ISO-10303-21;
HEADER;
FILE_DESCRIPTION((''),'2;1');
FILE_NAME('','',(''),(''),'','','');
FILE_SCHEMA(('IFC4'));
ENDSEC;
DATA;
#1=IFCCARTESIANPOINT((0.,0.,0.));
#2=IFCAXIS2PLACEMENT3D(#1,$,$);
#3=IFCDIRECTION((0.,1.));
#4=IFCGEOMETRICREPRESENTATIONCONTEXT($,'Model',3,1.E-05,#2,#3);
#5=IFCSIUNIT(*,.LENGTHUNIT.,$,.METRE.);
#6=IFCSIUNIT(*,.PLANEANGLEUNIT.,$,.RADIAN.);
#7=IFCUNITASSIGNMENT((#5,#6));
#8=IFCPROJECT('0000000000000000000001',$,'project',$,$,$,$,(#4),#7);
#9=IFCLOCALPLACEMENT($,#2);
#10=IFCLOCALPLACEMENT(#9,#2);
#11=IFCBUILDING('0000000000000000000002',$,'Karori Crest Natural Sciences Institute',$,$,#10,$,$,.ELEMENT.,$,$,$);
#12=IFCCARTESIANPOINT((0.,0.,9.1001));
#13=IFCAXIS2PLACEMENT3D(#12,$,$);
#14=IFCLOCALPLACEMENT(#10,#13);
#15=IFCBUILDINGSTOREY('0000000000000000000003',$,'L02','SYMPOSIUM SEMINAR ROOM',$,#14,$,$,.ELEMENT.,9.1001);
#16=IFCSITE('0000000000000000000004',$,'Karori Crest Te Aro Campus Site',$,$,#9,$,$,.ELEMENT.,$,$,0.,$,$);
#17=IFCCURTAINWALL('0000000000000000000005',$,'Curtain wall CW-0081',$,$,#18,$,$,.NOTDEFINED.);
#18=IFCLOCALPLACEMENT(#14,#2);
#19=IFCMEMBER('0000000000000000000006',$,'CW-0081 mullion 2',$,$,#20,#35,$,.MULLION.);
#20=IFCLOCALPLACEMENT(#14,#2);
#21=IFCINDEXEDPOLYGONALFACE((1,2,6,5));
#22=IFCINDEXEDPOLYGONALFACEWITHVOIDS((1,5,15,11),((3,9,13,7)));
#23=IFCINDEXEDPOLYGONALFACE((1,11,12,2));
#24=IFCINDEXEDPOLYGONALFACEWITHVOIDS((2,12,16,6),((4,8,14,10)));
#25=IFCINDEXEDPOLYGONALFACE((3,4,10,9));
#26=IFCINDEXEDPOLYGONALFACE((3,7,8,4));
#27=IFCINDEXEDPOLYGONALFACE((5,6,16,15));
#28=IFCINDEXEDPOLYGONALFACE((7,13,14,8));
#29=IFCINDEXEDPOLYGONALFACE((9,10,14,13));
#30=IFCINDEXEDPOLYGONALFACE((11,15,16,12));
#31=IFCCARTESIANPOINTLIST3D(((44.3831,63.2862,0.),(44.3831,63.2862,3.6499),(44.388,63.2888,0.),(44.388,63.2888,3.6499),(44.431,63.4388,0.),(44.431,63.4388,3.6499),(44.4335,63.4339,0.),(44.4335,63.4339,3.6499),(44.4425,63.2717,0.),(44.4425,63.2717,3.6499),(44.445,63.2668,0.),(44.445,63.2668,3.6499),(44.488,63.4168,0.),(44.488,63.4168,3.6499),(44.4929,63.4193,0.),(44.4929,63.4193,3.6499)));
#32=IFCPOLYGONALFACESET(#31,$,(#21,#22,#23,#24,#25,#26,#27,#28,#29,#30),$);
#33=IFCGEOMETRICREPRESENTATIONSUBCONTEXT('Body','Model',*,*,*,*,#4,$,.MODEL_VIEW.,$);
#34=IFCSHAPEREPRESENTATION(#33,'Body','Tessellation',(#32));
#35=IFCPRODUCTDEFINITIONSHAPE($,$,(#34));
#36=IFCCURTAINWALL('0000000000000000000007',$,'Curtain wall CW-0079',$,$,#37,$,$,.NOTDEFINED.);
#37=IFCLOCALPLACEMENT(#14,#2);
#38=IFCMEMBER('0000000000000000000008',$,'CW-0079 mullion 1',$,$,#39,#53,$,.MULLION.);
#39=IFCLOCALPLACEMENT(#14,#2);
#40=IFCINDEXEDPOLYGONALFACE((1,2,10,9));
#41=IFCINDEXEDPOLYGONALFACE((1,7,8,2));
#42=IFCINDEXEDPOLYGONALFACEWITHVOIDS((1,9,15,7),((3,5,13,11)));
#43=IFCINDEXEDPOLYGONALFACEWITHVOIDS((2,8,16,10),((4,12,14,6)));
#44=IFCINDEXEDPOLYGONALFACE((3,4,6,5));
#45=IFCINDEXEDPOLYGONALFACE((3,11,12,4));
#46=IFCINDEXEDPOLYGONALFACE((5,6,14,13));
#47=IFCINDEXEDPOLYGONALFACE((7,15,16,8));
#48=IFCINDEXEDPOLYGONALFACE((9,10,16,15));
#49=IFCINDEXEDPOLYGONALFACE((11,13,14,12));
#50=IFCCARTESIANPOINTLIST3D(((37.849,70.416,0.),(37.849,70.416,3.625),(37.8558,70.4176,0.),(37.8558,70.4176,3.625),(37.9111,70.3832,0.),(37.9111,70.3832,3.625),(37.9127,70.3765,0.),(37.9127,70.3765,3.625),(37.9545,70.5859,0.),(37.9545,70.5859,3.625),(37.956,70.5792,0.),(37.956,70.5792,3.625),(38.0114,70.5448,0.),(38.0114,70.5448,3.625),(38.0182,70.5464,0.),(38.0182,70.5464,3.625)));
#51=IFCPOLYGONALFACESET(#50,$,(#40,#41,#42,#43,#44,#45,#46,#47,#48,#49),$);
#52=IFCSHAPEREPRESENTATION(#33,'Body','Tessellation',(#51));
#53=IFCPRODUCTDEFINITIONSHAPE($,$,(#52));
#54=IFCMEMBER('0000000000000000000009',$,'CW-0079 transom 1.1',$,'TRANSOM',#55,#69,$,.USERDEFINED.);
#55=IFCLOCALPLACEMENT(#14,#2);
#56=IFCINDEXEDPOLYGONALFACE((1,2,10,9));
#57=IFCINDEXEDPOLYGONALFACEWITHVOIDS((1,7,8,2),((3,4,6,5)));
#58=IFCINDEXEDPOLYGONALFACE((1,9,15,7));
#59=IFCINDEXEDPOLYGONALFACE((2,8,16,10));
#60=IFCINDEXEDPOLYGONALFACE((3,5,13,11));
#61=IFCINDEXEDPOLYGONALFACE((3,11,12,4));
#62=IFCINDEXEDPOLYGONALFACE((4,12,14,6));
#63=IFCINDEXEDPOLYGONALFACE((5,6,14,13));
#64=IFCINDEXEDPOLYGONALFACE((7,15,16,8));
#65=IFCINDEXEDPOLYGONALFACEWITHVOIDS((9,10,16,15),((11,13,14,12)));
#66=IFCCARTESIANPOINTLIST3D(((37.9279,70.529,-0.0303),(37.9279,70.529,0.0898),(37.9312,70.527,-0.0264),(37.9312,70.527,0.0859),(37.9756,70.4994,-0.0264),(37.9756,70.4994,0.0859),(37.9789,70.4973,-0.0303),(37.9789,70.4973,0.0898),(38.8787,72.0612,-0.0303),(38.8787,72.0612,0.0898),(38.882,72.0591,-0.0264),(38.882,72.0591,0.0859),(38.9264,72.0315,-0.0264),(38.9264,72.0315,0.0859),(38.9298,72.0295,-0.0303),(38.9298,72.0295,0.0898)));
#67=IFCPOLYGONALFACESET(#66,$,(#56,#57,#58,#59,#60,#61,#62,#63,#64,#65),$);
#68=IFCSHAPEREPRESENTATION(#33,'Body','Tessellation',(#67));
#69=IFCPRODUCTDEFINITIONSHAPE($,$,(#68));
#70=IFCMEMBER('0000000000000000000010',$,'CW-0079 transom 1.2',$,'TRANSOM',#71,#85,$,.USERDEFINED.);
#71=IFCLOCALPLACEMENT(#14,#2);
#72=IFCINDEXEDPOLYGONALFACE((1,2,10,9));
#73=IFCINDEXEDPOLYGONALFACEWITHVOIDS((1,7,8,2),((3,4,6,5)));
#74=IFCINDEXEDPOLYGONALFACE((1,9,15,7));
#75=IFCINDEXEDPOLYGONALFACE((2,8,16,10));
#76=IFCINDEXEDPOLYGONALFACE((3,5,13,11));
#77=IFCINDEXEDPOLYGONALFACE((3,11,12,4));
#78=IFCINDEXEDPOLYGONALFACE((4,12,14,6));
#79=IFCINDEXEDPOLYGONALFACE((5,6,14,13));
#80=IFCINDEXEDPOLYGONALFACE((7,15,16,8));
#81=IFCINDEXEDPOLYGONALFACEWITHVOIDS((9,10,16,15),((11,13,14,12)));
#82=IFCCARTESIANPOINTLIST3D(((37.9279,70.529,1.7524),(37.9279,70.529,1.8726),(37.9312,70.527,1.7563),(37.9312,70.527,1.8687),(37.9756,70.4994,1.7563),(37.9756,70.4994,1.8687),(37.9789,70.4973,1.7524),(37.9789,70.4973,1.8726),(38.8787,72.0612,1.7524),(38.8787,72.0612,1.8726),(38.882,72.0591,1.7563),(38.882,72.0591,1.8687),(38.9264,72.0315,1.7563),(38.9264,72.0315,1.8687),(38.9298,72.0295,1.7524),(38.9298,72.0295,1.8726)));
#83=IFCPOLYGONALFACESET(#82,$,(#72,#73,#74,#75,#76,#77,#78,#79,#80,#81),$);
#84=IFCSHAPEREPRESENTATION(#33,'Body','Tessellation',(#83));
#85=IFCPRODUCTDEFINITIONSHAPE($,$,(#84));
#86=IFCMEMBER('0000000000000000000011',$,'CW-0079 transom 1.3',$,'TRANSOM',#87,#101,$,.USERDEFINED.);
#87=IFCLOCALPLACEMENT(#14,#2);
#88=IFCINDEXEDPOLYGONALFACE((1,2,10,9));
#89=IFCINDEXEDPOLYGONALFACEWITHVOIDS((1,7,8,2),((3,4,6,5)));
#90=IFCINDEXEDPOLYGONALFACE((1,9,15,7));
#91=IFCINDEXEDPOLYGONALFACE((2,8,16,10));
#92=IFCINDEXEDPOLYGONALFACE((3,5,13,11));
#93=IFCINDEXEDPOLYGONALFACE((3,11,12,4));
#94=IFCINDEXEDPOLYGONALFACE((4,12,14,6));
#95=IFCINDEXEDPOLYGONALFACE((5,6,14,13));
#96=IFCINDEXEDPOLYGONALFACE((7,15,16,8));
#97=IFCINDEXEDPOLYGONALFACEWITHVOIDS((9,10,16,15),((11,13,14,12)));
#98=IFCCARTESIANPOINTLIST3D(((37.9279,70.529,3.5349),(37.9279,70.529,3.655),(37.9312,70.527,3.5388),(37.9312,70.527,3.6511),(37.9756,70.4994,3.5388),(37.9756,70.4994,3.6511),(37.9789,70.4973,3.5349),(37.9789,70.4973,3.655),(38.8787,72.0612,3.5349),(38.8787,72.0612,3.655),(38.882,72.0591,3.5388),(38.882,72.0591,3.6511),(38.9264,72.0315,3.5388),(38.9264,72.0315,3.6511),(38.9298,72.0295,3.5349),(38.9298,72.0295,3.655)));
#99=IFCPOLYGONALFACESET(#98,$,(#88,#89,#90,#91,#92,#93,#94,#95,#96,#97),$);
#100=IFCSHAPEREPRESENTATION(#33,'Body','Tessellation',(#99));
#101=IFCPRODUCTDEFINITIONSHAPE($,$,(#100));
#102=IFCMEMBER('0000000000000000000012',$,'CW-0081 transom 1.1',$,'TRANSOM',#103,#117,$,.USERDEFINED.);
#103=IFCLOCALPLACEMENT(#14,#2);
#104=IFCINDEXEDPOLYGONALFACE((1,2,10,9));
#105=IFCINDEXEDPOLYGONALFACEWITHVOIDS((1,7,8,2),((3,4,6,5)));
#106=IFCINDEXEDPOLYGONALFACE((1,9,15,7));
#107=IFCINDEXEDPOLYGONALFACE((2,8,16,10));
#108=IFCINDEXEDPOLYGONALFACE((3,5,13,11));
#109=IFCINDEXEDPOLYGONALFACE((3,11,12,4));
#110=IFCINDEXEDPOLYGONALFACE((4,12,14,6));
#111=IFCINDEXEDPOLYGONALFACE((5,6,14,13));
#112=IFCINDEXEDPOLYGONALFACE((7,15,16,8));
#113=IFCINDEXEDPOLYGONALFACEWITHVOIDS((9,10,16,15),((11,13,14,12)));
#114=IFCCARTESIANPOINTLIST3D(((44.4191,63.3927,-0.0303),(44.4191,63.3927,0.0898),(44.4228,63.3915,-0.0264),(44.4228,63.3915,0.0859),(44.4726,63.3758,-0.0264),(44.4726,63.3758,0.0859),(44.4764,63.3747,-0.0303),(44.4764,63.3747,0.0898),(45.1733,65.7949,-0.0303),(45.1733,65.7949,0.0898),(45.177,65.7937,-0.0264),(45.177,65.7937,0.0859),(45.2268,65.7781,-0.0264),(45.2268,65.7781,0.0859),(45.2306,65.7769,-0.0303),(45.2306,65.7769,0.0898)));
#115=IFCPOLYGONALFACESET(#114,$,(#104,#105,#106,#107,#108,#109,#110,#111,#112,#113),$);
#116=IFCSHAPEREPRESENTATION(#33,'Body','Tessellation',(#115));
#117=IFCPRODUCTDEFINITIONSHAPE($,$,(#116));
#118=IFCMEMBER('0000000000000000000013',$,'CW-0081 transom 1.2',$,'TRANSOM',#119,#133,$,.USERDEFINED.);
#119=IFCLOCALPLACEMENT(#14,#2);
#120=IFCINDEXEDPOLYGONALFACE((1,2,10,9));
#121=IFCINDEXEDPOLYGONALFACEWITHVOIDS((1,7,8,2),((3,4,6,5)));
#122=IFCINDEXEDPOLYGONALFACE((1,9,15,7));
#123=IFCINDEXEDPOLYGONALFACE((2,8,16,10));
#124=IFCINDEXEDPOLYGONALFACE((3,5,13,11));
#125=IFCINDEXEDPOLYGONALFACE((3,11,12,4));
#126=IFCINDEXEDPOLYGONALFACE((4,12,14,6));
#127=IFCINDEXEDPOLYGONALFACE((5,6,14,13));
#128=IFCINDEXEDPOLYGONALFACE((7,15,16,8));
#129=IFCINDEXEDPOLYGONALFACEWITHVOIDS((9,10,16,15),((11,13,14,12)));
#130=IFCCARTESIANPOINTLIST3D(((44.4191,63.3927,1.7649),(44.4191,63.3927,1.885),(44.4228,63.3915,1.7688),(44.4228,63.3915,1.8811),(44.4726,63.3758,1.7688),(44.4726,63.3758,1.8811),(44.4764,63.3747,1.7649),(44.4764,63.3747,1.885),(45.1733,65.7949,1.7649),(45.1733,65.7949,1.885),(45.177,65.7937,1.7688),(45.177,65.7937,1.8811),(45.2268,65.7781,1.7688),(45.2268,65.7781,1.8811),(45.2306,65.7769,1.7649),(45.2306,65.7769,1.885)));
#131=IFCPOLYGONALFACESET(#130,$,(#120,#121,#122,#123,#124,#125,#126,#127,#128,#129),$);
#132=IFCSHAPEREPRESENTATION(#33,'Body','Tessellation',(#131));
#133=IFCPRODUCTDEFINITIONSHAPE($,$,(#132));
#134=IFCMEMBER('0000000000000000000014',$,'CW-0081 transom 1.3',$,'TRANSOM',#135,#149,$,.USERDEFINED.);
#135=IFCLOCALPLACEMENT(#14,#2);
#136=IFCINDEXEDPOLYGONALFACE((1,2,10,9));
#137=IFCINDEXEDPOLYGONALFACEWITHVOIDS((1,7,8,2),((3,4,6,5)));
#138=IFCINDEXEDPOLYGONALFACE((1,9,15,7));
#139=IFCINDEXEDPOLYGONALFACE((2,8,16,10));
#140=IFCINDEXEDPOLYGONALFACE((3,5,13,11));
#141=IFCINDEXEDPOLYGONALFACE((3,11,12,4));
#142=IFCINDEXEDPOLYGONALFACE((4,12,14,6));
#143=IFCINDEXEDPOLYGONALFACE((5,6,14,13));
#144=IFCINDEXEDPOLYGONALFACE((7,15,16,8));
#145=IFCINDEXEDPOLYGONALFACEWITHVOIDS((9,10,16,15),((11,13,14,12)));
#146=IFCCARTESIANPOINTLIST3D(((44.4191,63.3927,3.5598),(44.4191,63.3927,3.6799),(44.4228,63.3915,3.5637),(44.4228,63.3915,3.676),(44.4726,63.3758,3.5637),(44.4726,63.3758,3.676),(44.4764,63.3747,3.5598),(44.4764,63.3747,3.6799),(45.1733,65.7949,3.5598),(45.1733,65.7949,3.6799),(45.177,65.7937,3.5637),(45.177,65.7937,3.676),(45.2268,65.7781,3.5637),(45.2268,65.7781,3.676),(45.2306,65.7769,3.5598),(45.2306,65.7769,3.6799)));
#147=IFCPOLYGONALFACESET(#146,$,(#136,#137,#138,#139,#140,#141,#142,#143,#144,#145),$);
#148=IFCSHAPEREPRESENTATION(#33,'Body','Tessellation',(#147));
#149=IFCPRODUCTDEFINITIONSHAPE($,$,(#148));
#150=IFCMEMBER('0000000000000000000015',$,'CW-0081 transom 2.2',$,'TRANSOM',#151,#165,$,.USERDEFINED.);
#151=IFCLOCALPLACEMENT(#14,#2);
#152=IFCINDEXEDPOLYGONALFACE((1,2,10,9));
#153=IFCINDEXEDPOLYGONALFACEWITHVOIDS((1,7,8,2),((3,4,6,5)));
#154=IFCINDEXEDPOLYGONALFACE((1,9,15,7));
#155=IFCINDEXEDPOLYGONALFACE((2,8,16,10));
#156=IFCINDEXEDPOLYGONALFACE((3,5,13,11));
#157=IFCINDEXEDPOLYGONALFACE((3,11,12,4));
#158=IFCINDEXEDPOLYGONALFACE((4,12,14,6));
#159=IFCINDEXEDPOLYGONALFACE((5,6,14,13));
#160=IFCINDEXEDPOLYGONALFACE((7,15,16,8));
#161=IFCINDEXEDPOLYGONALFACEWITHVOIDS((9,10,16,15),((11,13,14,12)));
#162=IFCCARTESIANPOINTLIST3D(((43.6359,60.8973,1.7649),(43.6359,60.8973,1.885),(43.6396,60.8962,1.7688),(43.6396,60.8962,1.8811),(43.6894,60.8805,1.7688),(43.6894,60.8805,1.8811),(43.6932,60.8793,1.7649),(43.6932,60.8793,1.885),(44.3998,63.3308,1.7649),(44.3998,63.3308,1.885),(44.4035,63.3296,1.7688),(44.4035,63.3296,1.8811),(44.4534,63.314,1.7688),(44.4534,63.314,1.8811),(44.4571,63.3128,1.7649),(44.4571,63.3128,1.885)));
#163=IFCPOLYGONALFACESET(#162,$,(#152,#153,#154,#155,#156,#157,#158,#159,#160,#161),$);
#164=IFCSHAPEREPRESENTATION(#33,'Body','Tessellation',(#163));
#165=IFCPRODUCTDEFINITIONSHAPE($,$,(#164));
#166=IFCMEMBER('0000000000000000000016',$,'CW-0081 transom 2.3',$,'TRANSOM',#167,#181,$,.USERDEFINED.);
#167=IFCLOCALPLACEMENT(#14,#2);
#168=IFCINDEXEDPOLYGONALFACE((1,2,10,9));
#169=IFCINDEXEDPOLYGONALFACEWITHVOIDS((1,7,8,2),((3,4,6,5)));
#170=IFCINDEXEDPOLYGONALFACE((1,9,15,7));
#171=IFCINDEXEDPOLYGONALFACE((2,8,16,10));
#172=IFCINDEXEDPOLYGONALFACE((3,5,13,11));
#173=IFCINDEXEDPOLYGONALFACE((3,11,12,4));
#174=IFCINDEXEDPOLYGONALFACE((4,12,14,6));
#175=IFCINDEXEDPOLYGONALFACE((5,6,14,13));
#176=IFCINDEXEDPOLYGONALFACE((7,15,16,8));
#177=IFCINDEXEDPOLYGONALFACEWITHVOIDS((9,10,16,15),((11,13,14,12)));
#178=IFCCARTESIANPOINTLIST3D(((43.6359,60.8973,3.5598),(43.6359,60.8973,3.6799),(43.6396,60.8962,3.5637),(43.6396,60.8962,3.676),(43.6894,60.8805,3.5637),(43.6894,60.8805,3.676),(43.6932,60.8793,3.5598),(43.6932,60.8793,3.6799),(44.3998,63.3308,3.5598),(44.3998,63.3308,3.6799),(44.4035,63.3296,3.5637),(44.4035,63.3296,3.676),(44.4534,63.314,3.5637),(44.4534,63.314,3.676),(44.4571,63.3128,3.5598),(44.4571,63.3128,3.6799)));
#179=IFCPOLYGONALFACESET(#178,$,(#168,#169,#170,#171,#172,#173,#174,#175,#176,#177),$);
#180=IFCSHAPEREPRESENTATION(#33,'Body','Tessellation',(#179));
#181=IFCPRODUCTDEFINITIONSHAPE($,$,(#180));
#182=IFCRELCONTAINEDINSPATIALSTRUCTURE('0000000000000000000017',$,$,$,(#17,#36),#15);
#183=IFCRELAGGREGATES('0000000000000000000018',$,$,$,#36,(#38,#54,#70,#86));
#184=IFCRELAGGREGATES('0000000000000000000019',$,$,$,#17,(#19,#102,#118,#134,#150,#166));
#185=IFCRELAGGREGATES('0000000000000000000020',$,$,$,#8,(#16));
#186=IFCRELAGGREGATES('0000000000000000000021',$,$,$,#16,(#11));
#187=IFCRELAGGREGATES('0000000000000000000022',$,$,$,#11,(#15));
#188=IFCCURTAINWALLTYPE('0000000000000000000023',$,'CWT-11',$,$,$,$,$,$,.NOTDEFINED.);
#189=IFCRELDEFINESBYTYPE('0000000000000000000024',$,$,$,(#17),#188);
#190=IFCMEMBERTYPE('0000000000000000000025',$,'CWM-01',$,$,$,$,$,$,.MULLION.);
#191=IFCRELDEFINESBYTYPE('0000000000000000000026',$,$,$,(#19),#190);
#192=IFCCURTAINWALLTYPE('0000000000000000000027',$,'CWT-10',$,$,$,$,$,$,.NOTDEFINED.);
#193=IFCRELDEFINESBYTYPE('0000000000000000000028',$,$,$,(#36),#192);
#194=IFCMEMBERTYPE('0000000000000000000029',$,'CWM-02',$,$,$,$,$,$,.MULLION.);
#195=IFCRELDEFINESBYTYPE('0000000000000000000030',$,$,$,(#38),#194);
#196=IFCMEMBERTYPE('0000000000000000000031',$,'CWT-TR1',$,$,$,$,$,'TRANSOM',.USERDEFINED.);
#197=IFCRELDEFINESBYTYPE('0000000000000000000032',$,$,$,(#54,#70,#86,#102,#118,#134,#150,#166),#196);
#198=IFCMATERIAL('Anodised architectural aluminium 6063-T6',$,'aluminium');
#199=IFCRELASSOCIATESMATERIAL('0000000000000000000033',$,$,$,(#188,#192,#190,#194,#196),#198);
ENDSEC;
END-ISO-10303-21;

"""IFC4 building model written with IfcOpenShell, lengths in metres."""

from ifc_helpers import new_model, si_unit, direction, frame, origin, origin_2d, place, context, subcontext, project, spatial, hollow_rectangle, extrude, material, material_profile, profile_set, type_object, element, aggregate, save


model = new_model("IFC4")

# Units and contexts
model_context = context("Model", 3, precision=1e-05, world=origin(), true_north=direction((0.0, 1.0)))
body_context = subcontext(model_context, "Body", "Model", "MODEL_VIEW")
ifc_project = project(units=[si_unit("LENGTHUNIT", "METRE"), si_unit("PLANEANGLEUNIT", "RADIAN")], contexts=[model_context])

# Site, building, storey
site_placement = place(None, origin())
site = spatial("IfcSite", under=ifc_project, at=site_placement, Name="Karori Crest Te Aro Campus Site", CompositionType="ELEMENT", RefElevation=0.0)
building_placement = place(site_placement, origin())
building = spatial("IfcBuilding", under=site, at=building_placement, Name="Karori Crest Natural Sciences Institute", CompositionType="ELEMENT")
storey_placement = place(building_placement, frame((0.0, 0.0, 9.1001)))
storey = spatial("IfcBuildingStorey", under=building, at=storey_placement, Name="L02", Description="SYMPOSIUM SEMINAR ROOM", CompositionType="ELEMENT", Elevation=9.1001)

# Curtain walls, members
ifc_material_1 = material(Name="Anodised architectural aluminium 6063-T6", Category="aluminium")
curtain_wall_type_1 = type_object("IfcCurtainWallType", Name="CWT-11", PredefinedType="NOTDEFINED", material=ifc_material_1)
curtain_wall_1_placement = place(storey_placement, origin())
curtain_wall_1 = element("IfcCurtainWall", 1, at=curtain_wall_1_placement, inside=storey, type_object=curtain_wall_type_1, Name="Curtain wall CW-0081", PredefinedType="NOTDEFINED")
ifc_material_profile_1 = material_profile(ifc_material_1, hollow_rectangle(XDim=0.0649, YDim=0.1599, WallThickness=0.0039, at=origin_2d()), Name="CWM160x65x4")
ifc_profile_set_1 = profile_set([ifc_material_profile_1], Name="Anodised architectural aluminium 6063-T6")
member_type_1 = type_object("IfcMemberType", Name="CWM-01", PredefinedType="MULLION", material=ifc_profile_set_1)
member_1_placement = place(storey_placement, frame((44.438, 63.3528, 0.0), z_axis=(0.0, 0.0, 1.0), x_axis=(0.954104, -0.299477, 0.0)))
member_1 = element("IfcMember", 2, at=member_1_placement, type_object=member_type_1, Name="CW-0081 mullion 2", PredefinedType="MULLION", context=body_context, shape_type="SweptSolid", body=[
    extrude(hollow_rectangle(XDim=0.0649, YDim=0.1599, WallThickness=0.0039, at=origin_2d()), origin(), (0.0, 0.0, 1.0), 3.6499),
])
curtain_wall_type_2 = type_object("IfcCurtainWallType", Name="CWT-10", PredefinedType="NOTDEFINED", material=ifc_material_1)
curtain_wall_2_placement = place(storey_placement, origin())
curtain_wall_2 = element("IfcCurtainWall", 3, at=curtain_wall_2_placement, inside=storey, type_object=curtain_wall_type_2, Name="Curtain wall CW-0079", PredefinedType="NOTDEFINED")
ifc_material_profile_2 = material_profile(ifc_material_1, hollow_rectangle(XDim=0.075, YDim=0.2, WallThickness=0.0049, at=origin_2d()), Name="CWM200x75x5")
ifc_profile_set_2 = profile_set([ifc_material_profile_2], Name="Anodised architectural aluminium 6063-T6")
member_type_2 = type_object("IfcMemberType", Name="CWM-02", PredefinedType="MULLION", material=ifc_profile_set_2)
member_2_placement = place(storey_placement, frame((37.9336, 70.4812, 0.0), z_axis=(0.0, 0.0, 1.0), x_axis=(-0.849662, 0.527328, 0.0)))
member_2 = element("IfcMember", 4, at=member_2_placement, type_object=member_type_2, Name="CW-0079 mullion 1", PredefinedType="MULLION", context=body_context, shape_type="SweptSolid", body=[
    extrude(hollow_rectangle(XDim=0.075, YDim=0.2, WallThickness=0.0049, at=origin_2d()), origin(), (0.0, 0.0, 1.0), 3.625),
])
ifc_material_profile_3 = material_profile(ifc_material_1, hollow_rectangle(XDim=0.0601, YDim=0.1201, WallThickness=0.0039, at=origin_2d()), Name="CWT120x60x4")
ifc_profile_set_3 = profile_set([ifc_material_profile_3], Name="Anodised architectural aluminium 6063-T6")
member_type_3 = type_object("IfcMemberType", Name="CWT-TR1", ElementType="TRANSOM", PredefinedType="USERDEFINED", material=ifc_profile_set_3)
member_3_placement = place(storey_placement, frame((37.9534, 70.5132, 0.0298), z_axis=(0.527319, 0.849667, 0.0), x_axis=(-0.849667, 0.527319, 0.0)))
member_3 = element("IfcMember", 5, at=member_3_placement, type_object=member_type_3, Name="CW-0079 transom 1.1", ObjectType="TRANSOM", PredefinedType="USERDEFINED", context=body_context, shape_type="SweptSolid", body=[
    extrude(hollow_rectangle(XDim=0.0601, YDim=0.1201, WallThickness=0.0039, at=origin_2d()), origin(), (0.0, 0.0, 1.0), 1.8032),
])
member_4_placement = place(storey_placement, frame((37.9534, 70.5132, 1.8125), z_axis=(0.527319, 0.849667, 0.0), x_axis=(-0.849667, 0.527319, 0.0)))
member_4 = element("IfcMember", 6, at=member_4_placement, type_object=member_type_3, Name="CW-0079 transom 1.2", ObjectType="TRANSOM", PredefinedType="USERDEFINED", context=body_context, shape_type="SweptSolid", body=[
    extrude(hollow_rectangle(XDim=0.0601, YDim=0.1201, WallThickness=0.0039, at=origin_2d()), origin(), (0.0, 0.0, 1.0), 1.8032),
])
member_5_placement = place(storey_placement, frame((37.9534, 70.5132, 3.595), z_axis=(0.527319, 0.849667, 0.0), x_axis=(-0.849667, 0.527319, 0.0)))
member_5 = element("IfcMember", 7, at=member_5_placement, type_object=member_type_3, Name="CW-0079 transom 1.3", ObjectType="TRANSOM", PredefinedType="USERDEFINED", context=body_context, shape_type="SweptSolid", body=[
    extrude(hollow_rectangle(XDim=0.0601, YDim=0.1201, WallThickness=0.0039, at=origin_2d()), origin(), (0.0, 0.0, 1.0), 1.8032),
])

# Members
member_6_placement = place(storey_placement, frame((45.2019, 65.7859, 0.0298), z_axis=(-0.299539, -0.954084, 0.0), x_axis=(0.954084, -0.299539, 0.0)))
member_6 = element("IfcMember", 8, at=member_6_placement, type_object=member_type_3, Name="CW-0081 transom 1.1", ObjectType="TRANSOM", PredefinedType="USERDEFINED", context=body_context, shape_type="SweptSolid", body=[
    extrude(hollow_rectangle(XDim=0.0601, YDim=0.1201, WallThickness=0.0039, at=origin_2d()), origin(), (0.0, 0.0, 1.0), 2.5178),
])
member_7_placement = place(storey_placement, frame((45.2019, 65.7859, 1.825), z_axis=(-0.299539, -0.954084, 0.0), x_axis=(0.954084, -0.299539, 0.0)))
member_7 = element("IfcMember", 9, at=member_7_placement, type_object=member_type_3, Name="CW-0081 transom 1.2", ObjectType="TRANSOM", PredefinedType="USERDEFINED", context=body_context, shape_type="SweptSolid", body=[
    extrude(hollow_rectangle(XDim=0.0601, YDim=0.1201, WallThickness=0.0039, at=origin_2d()), origin(), (0.0, 0.0, 1.0), 2.5178),
])
member_8_placement = place(storey_placement, frame((45.2019, 65.7859, 3.6199), z_axis=(-0.299539, -0.954084, 0.0), x_axis=(0.954084, -0.299539, 0.0)))
member_8 = element("IfcMember", 10, at=member_8_placement, type_object=member_type_3, Name="CW-0081 transom 1.3", ObjectType="TRANSOM", PredefinedType="USERDEFINED", context=body_context, shape_type="SweptSolid", body=[
    extrude(hollow_rectangle(XDim=0.0601, YDim=0.1201, WallThickness=0.0039, at=origin_2d()), origin(), (0.0, 0.0, 1.0), 2.5178),
])
member_9_placement = place(storey_placement, frame((44.4285, 63.3218, 1.825), z_axis=(-0.299523, -0.954089, 0.0), x_axis=(0.954089, -0.299523, 0.0)))
member_9 = element("IfcMember", 11, at=member_9_placement, type_object=member_type_3, Name="CW-0081 transom 2.2", ObjectType="TRANSOM", PredefinedType="USERDEFINED", context=body_context, shape_type="SweptSolid", body=[
    extrude(hollow_rectangle(XDim=0.0601, YDim=0.1201, WallThickness=0.0039, at=origin_2d()), origin(), (0.0, 0.0, 1.0), 2.5505),
])
member_10_placement = place(storey_placement, frame((44.4285, 63.3218, 3.6199), z_axis=(-0.299523, -0.954089, 0.0), x_axis=(0.954089, -0.299523, 0.0)))
member_10 = element("IfcMember", 12, at=member_10_placement, type_object=member_type_3, Name="CW-0081 transom 2.3", ObjectType="TRANSOM", PredefinedType="USERDEFINED", context=body_context, shape_type="SweptSolid", body=[
    extrude(hollow_rectangle(XDim=0.0601, YDim=0.1201, WallThickness=0.0039, at=origin_2d()), origin(), (0.0, 0.0, 1.0), 2.5505),
])

aggregate(curtain_wall_2, [member_2, member_3, member_4, member_5])
aggregate(curtain_wall_1, [member_1, member_6, member_7, member_8, member_9, member_10])

save(model, "model.ifc")
